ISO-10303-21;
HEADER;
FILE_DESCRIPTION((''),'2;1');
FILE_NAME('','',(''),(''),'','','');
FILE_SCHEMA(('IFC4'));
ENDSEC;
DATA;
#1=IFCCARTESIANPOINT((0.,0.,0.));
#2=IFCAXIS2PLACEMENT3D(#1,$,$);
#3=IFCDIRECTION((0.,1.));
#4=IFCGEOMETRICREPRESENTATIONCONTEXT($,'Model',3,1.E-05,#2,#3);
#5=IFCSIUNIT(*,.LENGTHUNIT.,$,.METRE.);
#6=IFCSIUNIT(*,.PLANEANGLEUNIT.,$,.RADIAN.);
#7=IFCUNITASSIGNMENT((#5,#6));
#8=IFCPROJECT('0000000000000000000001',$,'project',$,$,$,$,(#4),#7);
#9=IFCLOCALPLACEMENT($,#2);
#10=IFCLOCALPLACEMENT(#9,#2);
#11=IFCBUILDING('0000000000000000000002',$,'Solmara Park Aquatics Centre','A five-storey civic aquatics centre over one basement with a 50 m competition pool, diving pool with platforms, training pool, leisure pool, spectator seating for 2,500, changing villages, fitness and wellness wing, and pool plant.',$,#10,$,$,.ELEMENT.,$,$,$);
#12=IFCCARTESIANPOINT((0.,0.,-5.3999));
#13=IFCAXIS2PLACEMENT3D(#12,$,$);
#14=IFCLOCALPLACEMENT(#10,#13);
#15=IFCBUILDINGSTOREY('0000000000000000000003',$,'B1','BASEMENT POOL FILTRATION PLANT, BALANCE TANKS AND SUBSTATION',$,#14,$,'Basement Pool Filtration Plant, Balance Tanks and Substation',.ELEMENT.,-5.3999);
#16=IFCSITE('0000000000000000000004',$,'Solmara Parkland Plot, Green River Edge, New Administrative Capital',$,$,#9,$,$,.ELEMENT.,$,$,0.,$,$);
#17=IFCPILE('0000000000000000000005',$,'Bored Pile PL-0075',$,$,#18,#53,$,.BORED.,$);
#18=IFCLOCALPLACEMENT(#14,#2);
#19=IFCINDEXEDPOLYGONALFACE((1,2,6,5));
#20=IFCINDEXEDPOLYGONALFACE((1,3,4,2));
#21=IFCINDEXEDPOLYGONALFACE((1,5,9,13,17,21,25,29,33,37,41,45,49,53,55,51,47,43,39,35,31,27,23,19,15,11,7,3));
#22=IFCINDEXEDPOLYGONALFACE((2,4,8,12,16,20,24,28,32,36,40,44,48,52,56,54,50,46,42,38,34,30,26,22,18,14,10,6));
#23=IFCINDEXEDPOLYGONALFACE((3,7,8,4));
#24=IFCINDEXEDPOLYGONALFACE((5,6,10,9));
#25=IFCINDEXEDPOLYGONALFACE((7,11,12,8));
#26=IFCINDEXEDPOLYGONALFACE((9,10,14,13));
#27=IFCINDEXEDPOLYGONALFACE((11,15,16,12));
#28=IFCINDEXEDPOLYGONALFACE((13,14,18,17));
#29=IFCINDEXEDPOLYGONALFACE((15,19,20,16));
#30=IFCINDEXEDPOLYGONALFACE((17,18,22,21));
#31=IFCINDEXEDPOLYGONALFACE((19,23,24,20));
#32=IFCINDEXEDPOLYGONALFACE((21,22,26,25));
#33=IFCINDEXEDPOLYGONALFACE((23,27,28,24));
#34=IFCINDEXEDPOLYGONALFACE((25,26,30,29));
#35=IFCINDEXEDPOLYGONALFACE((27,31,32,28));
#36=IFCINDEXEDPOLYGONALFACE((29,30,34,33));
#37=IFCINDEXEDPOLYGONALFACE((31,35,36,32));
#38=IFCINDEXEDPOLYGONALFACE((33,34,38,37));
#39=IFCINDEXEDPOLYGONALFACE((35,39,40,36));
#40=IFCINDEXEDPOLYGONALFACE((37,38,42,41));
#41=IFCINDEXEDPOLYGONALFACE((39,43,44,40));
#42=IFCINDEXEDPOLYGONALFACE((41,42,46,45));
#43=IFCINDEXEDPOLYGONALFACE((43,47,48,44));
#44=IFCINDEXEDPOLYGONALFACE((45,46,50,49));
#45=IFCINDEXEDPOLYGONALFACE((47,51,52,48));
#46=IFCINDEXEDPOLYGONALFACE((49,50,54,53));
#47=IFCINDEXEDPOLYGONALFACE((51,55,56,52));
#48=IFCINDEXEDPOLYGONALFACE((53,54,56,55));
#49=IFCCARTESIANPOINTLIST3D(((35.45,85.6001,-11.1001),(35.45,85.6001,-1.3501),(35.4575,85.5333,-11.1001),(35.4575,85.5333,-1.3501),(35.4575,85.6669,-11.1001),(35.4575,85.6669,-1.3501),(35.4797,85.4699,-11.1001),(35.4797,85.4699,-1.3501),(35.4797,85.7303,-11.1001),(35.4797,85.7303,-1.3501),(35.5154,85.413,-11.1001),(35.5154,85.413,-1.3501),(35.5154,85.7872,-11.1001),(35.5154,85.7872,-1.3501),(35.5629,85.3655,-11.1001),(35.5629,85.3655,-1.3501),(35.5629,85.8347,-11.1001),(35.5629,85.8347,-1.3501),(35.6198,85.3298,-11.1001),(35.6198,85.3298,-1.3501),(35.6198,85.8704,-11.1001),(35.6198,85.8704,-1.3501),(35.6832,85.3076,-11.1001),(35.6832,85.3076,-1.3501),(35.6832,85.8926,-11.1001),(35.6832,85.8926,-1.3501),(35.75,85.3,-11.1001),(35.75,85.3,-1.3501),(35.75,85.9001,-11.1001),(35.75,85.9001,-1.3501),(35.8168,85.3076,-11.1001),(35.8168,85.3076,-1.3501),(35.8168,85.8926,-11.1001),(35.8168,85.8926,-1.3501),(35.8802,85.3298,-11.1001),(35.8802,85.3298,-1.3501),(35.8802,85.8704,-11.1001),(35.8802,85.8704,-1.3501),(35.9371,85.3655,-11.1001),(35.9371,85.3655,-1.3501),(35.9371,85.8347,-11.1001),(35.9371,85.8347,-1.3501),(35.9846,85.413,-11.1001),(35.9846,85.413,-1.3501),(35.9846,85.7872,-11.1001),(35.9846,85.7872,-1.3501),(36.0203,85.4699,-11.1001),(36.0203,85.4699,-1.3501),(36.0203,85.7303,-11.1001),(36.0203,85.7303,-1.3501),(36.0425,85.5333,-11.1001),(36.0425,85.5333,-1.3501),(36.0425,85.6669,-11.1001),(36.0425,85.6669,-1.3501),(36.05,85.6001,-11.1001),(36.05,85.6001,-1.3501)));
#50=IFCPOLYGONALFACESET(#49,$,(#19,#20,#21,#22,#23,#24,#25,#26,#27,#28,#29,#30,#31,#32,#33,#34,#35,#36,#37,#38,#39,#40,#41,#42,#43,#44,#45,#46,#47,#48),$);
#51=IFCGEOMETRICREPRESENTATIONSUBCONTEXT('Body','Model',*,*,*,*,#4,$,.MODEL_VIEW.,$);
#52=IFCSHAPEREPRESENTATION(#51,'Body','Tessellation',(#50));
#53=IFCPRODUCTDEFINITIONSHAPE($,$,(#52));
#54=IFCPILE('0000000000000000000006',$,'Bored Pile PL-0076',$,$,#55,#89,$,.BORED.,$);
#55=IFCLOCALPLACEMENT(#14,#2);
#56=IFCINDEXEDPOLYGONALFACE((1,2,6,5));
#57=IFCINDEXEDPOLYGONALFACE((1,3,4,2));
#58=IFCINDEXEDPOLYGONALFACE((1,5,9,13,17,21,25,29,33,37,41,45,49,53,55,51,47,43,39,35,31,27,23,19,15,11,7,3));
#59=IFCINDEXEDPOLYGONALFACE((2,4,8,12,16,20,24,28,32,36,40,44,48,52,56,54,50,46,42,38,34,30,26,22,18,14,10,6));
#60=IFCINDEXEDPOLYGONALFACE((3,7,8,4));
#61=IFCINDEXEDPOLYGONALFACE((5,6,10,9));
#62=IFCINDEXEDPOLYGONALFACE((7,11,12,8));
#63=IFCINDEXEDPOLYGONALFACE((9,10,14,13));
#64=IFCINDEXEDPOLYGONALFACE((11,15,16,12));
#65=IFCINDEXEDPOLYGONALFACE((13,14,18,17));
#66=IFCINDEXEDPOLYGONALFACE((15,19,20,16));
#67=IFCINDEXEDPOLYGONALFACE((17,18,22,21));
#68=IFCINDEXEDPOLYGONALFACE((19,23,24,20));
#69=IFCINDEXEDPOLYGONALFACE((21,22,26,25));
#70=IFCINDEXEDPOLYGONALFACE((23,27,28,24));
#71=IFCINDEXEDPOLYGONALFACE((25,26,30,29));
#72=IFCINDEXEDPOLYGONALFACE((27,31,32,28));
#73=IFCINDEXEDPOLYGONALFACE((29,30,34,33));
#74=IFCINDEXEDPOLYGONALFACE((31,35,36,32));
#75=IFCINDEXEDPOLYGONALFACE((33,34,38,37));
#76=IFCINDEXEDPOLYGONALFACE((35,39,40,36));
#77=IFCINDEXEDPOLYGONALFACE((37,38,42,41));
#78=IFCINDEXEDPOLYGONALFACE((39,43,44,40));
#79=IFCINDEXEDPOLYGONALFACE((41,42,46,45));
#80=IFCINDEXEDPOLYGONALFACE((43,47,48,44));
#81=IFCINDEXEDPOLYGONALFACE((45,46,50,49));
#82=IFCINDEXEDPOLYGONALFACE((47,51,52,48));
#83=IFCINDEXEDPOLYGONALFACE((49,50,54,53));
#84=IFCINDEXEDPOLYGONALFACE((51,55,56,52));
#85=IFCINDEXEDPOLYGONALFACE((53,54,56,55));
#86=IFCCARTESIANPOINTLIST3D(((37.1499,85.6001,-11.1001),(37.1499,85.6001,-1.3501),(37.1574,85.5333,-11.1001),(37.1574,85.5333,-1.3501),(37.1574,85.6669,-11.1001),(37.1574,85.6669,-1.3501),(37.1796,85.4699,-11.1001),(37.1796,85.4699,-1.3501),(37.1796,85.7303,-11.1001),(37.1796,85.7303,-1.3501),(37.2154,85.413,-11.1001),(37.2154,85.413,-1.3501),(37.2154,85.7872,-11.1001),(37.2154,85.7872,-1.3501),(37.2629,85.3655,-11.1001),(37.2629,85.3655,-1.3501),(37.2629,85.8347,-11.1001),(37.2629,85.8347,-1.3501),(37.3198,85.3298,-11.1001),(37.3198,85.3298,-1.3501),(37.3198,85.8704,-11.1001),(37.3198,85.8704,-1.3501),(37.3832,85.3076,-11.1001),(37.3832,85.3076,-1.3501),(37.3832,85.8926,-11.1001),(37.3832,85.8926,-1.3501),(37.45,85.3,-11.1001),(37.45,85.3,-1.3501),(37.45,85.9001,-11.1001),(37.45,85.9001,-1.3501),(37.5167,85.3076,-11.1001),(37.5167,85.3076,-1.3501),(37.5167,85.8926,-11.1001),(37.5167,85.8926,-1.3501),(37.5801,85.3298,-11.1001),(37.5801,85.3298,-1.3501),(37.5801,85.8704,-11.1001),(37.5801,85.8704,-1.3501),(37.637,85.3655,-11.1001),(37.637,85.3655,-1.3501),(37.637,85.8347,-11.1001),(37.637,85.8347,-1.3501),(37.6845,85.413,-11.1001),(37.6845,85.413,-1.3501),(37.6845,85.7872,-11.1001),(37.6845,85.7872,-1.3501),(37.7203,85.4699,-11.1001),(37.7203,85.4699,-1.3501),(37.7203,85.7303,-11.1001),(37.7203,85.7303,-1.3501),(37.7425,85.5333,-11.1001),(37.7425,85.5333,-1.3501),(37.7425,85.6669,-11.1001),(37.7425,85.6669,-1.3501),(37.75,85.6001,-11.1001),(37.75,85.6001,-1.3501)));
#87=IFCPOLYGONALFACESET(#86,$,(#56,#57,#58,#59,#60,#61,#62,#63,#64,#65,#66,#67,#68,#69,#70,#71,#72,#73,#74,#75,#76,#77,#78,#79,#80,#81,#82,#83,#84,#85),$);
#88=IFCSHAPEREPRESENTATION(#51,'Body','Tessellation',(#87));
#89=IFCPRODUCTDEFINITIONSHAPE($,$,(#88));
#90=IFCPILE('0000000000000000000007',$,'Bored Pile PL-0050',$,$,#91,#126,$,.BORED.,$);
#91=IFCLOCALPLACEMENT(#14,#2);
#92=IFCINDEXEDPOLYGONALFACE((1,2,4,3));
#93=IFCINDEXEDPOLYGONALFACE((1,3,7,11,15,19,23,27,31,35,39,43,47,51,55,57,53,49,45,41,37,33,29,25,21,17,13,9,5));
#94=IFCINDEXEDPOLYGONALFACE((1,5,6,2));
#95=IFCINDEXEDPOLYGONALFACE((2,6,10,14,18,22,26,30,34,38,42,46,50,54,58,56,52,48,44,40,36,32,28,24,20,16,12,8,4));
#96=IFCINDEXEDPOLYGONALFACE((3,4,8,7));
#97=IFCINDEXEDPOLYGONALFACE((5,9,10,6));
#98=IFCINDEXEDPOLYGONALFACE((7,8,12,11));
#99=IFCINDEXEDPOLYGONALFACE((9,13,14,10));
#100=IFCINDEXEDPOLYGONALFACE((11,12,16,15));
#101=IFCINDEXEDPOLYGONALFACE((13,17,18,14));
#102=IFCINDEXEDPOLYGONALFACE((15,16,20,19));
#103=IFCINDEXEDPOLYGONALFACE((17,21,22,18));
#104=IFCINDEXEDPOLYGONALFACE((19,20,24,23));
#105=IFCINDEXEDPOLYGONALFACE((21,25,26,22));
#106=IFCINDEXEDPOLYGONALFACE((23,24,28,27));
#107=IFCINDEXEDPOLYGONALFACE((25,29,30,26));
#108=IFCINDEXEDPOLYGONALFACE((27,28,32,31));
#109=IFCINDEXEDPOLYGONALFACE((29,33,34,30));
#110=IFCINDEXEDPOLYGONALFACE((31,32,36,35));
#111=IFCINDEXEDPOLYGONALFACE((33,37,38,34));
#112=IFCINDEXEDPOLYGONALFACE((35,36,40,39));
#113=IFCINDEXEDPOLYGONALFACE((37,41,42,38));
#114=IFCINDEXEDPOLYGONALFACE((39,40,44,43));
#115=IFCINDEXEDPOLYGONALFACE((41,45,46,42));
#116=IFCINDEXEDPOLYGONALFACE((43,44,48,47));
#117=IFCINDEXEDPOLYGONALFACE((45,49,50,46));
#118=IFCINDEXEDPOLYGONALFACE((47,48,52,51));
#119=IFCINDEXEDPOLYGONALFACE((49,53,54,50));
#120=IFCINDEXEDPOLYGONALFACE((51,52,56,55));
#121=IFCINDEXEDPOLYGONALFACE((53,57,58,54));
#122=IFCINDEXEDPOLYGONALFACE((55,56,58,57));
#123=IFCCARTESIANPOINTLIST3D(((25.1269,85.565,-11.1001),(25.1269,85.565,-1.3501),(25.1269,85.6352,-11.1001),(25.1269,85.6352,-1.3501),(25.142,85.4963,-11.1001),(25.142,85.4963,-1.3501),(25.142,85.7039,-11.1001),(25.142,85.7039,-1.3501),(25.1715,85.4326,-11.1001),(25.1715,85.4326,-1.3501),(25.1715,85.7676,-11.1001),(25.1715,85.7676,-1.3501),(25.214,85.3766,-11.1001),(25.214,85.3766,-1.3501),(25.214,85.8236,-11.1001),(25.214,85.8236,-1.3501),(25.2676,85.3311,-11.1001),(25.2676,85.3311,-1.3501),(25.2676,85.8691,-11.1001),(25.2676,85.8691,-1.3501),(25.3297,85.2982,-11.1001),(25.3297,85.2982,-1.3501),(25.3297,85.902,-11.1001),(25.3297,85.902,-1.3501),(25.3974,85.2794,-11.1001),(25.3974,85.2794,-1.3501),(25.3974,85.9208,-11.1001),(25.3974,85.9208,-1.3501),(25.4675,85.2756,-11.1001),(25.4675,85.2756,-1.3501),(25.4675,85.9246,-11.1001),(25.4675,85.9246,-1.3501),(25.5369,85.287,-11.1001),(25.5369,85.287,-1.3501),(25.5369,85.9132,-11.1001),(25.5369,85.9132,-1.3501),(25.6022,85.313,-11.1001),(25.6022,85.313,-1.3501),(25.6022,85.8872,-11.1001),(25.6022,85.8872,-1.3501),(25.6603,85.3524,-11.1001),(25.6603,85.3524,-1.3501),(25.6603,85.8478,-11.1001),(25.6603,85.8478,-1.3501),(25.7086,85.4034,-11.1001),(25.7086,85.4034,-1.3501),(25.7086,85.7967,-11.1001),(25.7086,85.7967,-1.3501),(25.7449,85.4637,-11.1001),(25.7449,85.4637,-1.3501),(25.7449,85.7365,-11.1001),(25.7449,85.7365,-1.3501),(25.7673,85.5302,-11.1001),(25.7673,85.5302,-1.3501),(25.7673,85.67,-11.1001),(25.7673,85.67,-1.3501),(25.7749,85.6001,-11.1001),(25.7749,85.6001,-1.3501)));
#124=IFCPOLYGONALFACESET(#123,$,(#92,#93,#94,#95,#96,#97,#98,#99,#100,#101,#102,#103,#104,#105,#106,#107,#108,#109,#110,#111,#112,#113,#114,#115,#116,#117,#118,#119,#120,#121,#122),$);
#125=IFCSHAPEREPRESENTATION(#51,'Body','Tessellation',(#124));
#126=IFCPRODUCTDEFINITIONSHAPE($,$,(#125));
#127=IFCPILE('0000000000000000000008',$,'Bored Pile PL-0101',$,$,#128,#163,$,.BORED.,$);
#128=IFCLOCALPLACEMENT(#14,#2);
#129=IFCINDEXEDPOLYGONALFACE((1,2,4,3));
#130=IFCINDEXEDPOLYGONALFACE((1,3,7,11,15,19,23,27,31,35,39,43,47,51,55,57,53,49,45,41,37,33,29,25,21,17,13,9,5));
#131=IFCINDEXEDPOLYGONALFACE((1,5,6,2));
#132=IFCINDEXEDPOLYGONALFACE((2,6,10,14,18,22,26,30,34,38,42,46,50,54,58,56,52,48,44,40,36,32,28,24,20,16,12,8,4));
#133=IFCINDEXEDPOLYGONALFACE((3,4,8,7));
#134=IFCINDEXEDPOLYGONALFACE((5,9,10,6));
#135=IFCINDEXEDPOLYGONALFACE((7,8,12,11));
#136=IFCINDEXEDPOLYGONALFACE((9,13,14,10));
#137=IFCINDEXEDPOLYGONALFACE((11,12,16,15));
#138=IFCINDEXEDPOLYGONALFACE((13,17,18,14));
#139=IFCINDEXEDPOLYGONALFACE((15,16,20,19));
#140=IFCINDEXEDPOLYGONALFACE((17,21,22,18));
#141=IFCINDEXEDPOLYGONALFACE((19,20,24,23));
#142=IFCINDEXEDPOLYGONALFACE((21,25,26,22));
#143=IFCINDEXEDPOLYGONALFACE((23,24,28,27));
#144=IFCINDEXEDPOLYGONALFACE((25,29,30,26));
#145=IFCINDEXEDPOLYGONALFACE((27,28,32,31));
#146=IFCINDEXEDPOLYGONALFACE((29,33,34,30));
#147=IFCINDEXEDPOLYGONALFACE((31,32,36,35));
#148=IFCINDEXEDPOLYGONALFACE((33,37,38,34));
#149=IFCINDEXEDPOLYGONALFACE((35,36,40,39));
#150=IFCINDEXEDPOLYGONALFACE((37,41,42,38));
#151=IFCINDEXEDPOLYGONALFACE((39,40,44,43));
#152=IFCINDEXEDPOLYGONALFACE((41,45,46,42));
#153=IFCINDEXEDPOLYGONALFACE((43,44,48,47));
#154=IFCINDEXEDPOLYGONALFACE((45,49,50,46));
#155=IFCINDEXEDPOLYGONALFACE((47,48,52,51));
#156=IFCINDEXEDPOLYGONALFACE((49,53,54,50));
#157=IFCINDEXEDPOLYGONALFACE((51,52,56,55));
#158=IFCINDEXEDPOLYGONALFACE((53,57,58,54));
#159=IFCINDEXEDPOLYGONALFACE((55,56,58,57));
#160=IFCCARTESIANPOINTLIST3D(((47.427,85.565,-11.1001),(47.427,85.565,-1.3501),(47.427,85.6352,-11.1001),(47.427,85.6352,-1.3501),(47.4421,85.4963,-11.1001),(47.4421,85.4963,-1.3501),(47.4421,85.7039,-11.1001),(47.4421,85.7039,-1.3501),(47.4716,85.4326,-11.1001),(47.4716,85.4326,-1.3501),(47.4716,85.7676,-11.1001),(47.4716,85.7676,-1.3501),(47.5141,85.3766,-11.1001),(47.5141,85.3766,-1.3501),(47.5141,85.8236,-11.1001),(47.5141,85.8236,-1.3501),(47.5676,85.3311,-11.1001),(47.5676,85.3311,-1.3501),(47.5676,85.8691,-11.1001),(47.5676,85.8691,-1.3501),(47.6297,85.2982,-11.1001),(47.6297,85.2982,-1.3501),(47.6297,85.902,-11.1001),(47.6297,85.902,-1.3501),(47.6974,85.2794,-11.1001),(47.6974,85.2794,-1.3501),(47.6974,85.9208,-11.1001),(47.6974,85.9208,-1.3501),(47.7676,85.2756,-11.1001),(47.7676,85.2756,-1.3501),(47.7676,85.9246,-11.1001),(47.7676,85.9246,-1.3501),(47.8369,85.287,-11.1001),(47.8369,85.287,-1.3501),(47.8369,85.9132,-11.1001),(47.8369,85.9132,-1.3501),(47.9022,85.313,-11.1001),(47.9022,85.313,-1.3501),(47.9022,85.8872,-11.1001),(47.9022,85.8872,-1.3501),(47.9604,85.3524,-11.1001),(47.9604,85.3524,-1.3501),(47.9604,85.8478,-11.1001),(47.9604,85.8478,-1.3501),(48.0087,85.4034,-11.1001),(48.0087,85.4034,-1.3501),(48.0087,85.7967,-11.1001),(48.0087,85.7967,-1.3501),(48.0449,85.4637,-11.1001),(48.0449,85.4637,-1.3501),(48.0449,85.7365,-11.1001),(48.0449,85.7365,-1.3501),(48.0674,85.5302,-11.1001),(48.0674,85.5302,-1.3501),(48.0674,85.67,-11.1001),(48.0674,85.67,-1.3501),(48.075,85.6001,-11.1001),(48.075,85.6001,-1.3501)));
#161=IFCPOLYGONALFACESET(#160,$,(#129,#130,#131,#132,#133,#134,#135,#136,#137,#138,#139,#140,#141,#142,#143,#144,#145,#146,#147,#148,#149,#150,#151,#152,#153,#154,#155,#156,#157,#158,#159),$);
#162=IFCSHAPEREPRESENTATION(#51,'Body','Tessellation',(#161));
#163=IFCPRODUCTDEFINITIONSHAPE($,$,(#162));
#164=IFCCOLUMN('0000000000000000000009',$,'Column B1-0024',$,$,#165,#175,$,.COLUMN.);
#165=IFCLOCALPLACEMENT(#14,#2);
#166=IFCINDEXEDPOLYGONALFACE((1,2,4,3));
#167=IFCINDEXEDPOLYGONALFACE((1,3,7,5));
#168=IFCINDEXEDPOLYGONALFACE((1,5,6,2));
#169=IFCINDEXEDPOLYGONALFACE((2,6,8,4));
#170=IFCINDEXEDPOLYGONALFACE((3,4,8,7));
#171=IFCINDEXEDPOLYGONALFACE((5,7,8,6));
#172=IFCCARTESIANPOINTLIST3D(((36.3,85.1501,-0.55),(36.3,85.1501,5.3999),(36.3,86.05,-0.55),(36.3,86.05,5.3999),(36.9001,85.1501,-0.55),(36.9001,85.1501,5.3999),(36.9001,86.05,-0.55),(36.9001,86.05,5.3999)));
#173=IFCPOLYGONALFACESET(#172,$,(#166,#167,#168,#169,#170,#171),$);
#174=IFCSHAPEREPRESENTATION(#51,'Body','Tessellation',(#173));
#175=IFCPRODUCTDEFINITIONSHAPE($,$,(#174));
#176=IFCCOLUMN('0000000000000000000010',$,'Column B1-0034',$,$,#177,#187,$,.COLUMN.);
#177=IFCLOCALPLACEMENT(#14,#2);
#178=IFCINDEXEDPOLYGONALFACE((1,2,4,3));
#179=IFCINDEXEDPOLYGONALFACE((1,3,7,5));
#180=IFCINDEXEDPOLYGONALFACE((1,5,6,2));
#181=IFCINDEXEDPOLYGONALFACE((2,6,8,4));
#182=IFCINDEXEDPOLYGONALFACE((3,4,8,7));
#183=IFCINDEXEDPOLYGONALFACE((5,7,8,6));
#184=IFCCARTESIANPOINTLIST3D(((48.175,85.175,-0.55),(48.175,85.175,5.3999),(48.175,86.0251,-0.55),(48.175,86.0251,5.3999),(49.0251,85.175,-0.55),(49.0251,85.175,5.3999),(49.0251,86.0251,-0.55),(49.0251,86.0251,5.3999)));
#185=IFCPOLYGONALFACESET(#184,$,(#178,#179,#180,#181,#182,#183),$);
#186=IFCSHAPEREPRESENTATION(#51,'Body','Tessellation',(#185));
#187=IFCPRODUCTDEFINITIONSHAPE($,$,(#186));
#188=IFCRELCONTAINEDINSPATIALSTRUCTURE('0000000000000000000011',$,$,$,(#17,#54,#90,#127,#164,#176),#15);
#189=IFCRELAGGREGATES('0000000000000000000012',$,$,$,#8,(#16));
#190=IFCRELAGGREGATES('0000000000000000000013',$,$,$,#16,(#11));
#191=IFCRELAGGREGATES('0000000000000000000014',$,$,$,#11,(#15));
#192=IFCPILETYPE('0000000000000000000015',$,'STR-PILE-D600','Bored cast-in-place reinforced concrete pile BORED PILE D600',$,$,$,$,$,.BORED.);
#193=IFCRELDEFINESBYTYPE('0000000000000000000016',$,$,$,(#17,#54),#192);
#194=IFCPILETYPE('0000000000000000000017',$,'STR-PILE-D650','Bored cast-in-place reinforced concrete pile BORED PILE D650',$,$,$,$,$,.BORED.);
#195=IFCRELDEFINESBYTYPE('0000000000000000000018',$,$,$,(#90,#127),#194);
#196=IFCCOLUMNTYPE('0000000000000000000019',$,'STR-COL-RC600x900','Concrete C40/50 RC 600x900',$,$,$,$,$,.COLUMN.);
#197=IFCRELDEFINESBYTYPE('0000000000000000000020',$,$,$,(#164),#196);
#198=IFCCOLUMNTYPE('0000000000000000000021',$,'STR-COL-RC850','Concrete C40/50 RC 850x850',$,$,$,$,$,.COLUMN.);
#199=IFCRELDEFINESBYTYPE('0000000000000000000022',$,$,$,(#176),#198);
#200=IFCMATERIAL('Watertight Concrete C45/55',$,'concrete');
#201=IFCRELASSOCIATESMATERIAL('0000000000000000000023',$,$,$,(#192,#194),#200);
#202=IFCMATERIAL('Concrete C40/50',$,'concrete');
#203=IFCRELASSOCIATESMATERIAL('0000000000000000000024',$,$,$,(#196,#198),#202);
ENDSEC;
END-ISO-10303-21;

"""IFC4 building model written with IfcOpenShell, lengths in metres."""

from ifc_helpers import new_model, si_unit, direction, frame, origin, origin_2d, place, context, subcontext, project, spatial, rectangle, circle, extrude, material, material_profile, profile_set, type_object, element, save


model = new_model("IFC4")

# Units and contexts
model_context = context("Model", 3, precision=1e-05, world=origin(), true_north=direction((0.0, 1.0)))
body_context = subcontext(model_context, "Body", "Model", "MODEL_VIEW")
ifc_project = project(units=[si_unit("LENGTHUNIT", "METRE"), si_unit("PLANEANGLEUNIT", "RADIAN")], contexts=[model_context])

# Site, building, storey
site_placement = place(None, origin())
site = spatial("IfcSite", under=ifc_project, at=site_placement, Name="Solmara Parkland Plot, Green River Edge, New Administrative Capital", CompositionType="ELEMENT", RefElevation=0.0)
building_placement = place(site_placement, origin())
building = spatial("IfcBuilding", under=site, at=building_placement, Name="Solmara Park Aquatics Centre", Description="A five-storey civic aquatics centre over one basement with a 50 m competition pool, diving pool with platforms, training pool, leisure pool, spectator seating for 2,500, changing villages, fitness and wellness wing, and pool plant.", CompositionType="ELEMENT")
storey_placement = place(building_placement, frame((0.0, 0.0, -5.3999)))
storey = spatial("IfcBuildingStorey", under=building, at=storey_placement, Name="B1", Description="BASEMENT POOL FILTRATION PLANT, BALANCE TANKS AND SUBSTATION", LongName="Basement Pool Filtration Plant, Balance Tanks and Substation", CompositionType="ELEMENT", Elevation=-5.3999)

# Shared definitions
ifc_material_1 = material(Name="Watertight Concrete C45/55", Category="concrete")

# Piles
ifc_material_profile_1 = material_profile(ifc_material_1, circle(Radius=0.3, at=origin_2d()), Name="BORED PILE D600")
ifc_profile_set_1 = profile_set([ifc_material_profile_1], Name="Watertight Concrete C45/55")
pile_type_1 = type_object("IfcPileType", Name="STR-PILE-D600", Description="Bored cast-in-place reinforced concrete pile BORED PILE D600", PredefinedType="BORED", material=ifc_profile_set_1)
for number, where, z_axis, x_axis, name in (
    (1, (35.75, 85.6001, -1.3501), (0.0, 0.0, -1.0), (1.0, 0.0, 0.0), "Bored Pile PL-0075"),
    (2, (37.45, 85.6001, -1.3501), (0.0, 0.0, -1.0), (1.0, 0.0, 0.0), "Bored Pile PL-0076"),
):
    element("IfcPile", number, at=place(storey_placement, frame(where, z_axis=z_axis, x_axis=x_axis)), inside=storey, type_object=pile_type_1, Name=name, PredefinedType="BORED", context=body_context, shape_type="SweptSolid", body=[
        extrude(circle(Radius=0.3, at=origin_2d()), origin(), (0.0, 0.0, 1.0), 9.75),
    ])
ifc_material_profile_2 = material_profile(ifc_material_1, circle(Radius=0.325, at=origin_2d()), Name="BORED PILE D650")
ifc_profile_set_2 = profile_set([ifc_material_profile_2], Name="Watertight Concrete C45/55")
pile_type_2 = type_object("IfcPileType", Name="STR-PILE-D650", Description="Bored cast-in-place reinforced concrete pile BORED PILE D650", PredefinedType="BORED", material=ifc_profile_set_2)
for number, where, z_axis, x_axis, name in (
    (3, (25.45, 85.6001, -1.3501), (0.0, 0.0, -1.0), (1.0, 0.0, 0.0), "Bored Pile PL-0050"),
    (4, (47.75, 85.6001, -1.3501), (0.0, 0.0, -1.0), (1.0, 0.0, 0.0), "Bored Pile PL-0101"),
):
    element("IfcPile", number, at=place(storey_placement, frame(where, z_axis=z_axis, x_axis=x_axis)), inside=storey, type_object=pile_type_2, Name=name, PredefinedType="BORED", context=body_context, shape_type="SweptSolid", body=[
        extrude(circle(Radius=0.325, at=origin_2d()), origin(), (0.0, 0.0, 1.0), 9.75),
    ])

# Columns
ifc_material_2 = material(Name="Concrete C40/50", Category="concrete")
ifc_material_profile_3 = material_profile(ifc_material_2, rectangle(XDim=0.6001, YDim=0.8999, at=origin_2d()), Name="RC 600x900")
ifc_profile_set_3 = profile_set([ifc_material_profile_3], Name="Concrete C40/50")
column_type_1 = type_object("IfcColumnType", Name="STR-COL-RC600x900", Description="Concrete C40/50 RC 600x900", PredefinedType="COLUMN", material=ifc_profile_set_3)
column_1_placement = place(storey_placement, frame((36.6001, 85.6001, -0.55), z_axis=(0.0, 0.0, 1.0), x_axis=(1.0, 0.0, 0.0)))
element("IfcColumn", 5, at=column_1_placement, inside=storey, type_object=column_type_1, Name="Column B1-0024", PredefinedType="COLUMN", context=body_context, shape_type="SweptSolid", body=[
    extrude(rectangle(XDim=0.6001, YDim=0.8999, at=origin_2d()), origin(), (0.0, 0.0, 1.0), 5.95),
])
ifc_material_profile_4 = material_profile(ifc_material_2, rectangle(XDim=0.8501, YDim=0.8501, at=origin_2d()), Name="RC 850x850")
ifc_profile_set_4 = profile_set([ifc_material_profile_4], Name="Concrete C40/50")
column_type_2 = type_object("IfcColumnType", Name="STR-COL-RC850", Description="Concrete C40/50 RC 850x850", PredefinedType="COLUMN", material=ifc_profile_set_4)
column_2_placement = place(storey_placement, frame((48.6001, 85.6001, -0.55), z_axis=(0.0, 0.0, 1.0), x_axis=(1.0, 0.0, 0.0)))
element("IfcColumn", 6, at=column_2_placement, inside=storey, type_object=column_type_2, Name="Column B1-0034", PredefinedType="COLUMN", context=body_context, shape_type="SweptSolid", body=[
    extrude(rectangle(XDim=0.8501, YDim=0.8501, at=origin_2d()), origin(), (0.0, 0.0, 1.0), 5.95),
])

save(model, "model.ifc")
